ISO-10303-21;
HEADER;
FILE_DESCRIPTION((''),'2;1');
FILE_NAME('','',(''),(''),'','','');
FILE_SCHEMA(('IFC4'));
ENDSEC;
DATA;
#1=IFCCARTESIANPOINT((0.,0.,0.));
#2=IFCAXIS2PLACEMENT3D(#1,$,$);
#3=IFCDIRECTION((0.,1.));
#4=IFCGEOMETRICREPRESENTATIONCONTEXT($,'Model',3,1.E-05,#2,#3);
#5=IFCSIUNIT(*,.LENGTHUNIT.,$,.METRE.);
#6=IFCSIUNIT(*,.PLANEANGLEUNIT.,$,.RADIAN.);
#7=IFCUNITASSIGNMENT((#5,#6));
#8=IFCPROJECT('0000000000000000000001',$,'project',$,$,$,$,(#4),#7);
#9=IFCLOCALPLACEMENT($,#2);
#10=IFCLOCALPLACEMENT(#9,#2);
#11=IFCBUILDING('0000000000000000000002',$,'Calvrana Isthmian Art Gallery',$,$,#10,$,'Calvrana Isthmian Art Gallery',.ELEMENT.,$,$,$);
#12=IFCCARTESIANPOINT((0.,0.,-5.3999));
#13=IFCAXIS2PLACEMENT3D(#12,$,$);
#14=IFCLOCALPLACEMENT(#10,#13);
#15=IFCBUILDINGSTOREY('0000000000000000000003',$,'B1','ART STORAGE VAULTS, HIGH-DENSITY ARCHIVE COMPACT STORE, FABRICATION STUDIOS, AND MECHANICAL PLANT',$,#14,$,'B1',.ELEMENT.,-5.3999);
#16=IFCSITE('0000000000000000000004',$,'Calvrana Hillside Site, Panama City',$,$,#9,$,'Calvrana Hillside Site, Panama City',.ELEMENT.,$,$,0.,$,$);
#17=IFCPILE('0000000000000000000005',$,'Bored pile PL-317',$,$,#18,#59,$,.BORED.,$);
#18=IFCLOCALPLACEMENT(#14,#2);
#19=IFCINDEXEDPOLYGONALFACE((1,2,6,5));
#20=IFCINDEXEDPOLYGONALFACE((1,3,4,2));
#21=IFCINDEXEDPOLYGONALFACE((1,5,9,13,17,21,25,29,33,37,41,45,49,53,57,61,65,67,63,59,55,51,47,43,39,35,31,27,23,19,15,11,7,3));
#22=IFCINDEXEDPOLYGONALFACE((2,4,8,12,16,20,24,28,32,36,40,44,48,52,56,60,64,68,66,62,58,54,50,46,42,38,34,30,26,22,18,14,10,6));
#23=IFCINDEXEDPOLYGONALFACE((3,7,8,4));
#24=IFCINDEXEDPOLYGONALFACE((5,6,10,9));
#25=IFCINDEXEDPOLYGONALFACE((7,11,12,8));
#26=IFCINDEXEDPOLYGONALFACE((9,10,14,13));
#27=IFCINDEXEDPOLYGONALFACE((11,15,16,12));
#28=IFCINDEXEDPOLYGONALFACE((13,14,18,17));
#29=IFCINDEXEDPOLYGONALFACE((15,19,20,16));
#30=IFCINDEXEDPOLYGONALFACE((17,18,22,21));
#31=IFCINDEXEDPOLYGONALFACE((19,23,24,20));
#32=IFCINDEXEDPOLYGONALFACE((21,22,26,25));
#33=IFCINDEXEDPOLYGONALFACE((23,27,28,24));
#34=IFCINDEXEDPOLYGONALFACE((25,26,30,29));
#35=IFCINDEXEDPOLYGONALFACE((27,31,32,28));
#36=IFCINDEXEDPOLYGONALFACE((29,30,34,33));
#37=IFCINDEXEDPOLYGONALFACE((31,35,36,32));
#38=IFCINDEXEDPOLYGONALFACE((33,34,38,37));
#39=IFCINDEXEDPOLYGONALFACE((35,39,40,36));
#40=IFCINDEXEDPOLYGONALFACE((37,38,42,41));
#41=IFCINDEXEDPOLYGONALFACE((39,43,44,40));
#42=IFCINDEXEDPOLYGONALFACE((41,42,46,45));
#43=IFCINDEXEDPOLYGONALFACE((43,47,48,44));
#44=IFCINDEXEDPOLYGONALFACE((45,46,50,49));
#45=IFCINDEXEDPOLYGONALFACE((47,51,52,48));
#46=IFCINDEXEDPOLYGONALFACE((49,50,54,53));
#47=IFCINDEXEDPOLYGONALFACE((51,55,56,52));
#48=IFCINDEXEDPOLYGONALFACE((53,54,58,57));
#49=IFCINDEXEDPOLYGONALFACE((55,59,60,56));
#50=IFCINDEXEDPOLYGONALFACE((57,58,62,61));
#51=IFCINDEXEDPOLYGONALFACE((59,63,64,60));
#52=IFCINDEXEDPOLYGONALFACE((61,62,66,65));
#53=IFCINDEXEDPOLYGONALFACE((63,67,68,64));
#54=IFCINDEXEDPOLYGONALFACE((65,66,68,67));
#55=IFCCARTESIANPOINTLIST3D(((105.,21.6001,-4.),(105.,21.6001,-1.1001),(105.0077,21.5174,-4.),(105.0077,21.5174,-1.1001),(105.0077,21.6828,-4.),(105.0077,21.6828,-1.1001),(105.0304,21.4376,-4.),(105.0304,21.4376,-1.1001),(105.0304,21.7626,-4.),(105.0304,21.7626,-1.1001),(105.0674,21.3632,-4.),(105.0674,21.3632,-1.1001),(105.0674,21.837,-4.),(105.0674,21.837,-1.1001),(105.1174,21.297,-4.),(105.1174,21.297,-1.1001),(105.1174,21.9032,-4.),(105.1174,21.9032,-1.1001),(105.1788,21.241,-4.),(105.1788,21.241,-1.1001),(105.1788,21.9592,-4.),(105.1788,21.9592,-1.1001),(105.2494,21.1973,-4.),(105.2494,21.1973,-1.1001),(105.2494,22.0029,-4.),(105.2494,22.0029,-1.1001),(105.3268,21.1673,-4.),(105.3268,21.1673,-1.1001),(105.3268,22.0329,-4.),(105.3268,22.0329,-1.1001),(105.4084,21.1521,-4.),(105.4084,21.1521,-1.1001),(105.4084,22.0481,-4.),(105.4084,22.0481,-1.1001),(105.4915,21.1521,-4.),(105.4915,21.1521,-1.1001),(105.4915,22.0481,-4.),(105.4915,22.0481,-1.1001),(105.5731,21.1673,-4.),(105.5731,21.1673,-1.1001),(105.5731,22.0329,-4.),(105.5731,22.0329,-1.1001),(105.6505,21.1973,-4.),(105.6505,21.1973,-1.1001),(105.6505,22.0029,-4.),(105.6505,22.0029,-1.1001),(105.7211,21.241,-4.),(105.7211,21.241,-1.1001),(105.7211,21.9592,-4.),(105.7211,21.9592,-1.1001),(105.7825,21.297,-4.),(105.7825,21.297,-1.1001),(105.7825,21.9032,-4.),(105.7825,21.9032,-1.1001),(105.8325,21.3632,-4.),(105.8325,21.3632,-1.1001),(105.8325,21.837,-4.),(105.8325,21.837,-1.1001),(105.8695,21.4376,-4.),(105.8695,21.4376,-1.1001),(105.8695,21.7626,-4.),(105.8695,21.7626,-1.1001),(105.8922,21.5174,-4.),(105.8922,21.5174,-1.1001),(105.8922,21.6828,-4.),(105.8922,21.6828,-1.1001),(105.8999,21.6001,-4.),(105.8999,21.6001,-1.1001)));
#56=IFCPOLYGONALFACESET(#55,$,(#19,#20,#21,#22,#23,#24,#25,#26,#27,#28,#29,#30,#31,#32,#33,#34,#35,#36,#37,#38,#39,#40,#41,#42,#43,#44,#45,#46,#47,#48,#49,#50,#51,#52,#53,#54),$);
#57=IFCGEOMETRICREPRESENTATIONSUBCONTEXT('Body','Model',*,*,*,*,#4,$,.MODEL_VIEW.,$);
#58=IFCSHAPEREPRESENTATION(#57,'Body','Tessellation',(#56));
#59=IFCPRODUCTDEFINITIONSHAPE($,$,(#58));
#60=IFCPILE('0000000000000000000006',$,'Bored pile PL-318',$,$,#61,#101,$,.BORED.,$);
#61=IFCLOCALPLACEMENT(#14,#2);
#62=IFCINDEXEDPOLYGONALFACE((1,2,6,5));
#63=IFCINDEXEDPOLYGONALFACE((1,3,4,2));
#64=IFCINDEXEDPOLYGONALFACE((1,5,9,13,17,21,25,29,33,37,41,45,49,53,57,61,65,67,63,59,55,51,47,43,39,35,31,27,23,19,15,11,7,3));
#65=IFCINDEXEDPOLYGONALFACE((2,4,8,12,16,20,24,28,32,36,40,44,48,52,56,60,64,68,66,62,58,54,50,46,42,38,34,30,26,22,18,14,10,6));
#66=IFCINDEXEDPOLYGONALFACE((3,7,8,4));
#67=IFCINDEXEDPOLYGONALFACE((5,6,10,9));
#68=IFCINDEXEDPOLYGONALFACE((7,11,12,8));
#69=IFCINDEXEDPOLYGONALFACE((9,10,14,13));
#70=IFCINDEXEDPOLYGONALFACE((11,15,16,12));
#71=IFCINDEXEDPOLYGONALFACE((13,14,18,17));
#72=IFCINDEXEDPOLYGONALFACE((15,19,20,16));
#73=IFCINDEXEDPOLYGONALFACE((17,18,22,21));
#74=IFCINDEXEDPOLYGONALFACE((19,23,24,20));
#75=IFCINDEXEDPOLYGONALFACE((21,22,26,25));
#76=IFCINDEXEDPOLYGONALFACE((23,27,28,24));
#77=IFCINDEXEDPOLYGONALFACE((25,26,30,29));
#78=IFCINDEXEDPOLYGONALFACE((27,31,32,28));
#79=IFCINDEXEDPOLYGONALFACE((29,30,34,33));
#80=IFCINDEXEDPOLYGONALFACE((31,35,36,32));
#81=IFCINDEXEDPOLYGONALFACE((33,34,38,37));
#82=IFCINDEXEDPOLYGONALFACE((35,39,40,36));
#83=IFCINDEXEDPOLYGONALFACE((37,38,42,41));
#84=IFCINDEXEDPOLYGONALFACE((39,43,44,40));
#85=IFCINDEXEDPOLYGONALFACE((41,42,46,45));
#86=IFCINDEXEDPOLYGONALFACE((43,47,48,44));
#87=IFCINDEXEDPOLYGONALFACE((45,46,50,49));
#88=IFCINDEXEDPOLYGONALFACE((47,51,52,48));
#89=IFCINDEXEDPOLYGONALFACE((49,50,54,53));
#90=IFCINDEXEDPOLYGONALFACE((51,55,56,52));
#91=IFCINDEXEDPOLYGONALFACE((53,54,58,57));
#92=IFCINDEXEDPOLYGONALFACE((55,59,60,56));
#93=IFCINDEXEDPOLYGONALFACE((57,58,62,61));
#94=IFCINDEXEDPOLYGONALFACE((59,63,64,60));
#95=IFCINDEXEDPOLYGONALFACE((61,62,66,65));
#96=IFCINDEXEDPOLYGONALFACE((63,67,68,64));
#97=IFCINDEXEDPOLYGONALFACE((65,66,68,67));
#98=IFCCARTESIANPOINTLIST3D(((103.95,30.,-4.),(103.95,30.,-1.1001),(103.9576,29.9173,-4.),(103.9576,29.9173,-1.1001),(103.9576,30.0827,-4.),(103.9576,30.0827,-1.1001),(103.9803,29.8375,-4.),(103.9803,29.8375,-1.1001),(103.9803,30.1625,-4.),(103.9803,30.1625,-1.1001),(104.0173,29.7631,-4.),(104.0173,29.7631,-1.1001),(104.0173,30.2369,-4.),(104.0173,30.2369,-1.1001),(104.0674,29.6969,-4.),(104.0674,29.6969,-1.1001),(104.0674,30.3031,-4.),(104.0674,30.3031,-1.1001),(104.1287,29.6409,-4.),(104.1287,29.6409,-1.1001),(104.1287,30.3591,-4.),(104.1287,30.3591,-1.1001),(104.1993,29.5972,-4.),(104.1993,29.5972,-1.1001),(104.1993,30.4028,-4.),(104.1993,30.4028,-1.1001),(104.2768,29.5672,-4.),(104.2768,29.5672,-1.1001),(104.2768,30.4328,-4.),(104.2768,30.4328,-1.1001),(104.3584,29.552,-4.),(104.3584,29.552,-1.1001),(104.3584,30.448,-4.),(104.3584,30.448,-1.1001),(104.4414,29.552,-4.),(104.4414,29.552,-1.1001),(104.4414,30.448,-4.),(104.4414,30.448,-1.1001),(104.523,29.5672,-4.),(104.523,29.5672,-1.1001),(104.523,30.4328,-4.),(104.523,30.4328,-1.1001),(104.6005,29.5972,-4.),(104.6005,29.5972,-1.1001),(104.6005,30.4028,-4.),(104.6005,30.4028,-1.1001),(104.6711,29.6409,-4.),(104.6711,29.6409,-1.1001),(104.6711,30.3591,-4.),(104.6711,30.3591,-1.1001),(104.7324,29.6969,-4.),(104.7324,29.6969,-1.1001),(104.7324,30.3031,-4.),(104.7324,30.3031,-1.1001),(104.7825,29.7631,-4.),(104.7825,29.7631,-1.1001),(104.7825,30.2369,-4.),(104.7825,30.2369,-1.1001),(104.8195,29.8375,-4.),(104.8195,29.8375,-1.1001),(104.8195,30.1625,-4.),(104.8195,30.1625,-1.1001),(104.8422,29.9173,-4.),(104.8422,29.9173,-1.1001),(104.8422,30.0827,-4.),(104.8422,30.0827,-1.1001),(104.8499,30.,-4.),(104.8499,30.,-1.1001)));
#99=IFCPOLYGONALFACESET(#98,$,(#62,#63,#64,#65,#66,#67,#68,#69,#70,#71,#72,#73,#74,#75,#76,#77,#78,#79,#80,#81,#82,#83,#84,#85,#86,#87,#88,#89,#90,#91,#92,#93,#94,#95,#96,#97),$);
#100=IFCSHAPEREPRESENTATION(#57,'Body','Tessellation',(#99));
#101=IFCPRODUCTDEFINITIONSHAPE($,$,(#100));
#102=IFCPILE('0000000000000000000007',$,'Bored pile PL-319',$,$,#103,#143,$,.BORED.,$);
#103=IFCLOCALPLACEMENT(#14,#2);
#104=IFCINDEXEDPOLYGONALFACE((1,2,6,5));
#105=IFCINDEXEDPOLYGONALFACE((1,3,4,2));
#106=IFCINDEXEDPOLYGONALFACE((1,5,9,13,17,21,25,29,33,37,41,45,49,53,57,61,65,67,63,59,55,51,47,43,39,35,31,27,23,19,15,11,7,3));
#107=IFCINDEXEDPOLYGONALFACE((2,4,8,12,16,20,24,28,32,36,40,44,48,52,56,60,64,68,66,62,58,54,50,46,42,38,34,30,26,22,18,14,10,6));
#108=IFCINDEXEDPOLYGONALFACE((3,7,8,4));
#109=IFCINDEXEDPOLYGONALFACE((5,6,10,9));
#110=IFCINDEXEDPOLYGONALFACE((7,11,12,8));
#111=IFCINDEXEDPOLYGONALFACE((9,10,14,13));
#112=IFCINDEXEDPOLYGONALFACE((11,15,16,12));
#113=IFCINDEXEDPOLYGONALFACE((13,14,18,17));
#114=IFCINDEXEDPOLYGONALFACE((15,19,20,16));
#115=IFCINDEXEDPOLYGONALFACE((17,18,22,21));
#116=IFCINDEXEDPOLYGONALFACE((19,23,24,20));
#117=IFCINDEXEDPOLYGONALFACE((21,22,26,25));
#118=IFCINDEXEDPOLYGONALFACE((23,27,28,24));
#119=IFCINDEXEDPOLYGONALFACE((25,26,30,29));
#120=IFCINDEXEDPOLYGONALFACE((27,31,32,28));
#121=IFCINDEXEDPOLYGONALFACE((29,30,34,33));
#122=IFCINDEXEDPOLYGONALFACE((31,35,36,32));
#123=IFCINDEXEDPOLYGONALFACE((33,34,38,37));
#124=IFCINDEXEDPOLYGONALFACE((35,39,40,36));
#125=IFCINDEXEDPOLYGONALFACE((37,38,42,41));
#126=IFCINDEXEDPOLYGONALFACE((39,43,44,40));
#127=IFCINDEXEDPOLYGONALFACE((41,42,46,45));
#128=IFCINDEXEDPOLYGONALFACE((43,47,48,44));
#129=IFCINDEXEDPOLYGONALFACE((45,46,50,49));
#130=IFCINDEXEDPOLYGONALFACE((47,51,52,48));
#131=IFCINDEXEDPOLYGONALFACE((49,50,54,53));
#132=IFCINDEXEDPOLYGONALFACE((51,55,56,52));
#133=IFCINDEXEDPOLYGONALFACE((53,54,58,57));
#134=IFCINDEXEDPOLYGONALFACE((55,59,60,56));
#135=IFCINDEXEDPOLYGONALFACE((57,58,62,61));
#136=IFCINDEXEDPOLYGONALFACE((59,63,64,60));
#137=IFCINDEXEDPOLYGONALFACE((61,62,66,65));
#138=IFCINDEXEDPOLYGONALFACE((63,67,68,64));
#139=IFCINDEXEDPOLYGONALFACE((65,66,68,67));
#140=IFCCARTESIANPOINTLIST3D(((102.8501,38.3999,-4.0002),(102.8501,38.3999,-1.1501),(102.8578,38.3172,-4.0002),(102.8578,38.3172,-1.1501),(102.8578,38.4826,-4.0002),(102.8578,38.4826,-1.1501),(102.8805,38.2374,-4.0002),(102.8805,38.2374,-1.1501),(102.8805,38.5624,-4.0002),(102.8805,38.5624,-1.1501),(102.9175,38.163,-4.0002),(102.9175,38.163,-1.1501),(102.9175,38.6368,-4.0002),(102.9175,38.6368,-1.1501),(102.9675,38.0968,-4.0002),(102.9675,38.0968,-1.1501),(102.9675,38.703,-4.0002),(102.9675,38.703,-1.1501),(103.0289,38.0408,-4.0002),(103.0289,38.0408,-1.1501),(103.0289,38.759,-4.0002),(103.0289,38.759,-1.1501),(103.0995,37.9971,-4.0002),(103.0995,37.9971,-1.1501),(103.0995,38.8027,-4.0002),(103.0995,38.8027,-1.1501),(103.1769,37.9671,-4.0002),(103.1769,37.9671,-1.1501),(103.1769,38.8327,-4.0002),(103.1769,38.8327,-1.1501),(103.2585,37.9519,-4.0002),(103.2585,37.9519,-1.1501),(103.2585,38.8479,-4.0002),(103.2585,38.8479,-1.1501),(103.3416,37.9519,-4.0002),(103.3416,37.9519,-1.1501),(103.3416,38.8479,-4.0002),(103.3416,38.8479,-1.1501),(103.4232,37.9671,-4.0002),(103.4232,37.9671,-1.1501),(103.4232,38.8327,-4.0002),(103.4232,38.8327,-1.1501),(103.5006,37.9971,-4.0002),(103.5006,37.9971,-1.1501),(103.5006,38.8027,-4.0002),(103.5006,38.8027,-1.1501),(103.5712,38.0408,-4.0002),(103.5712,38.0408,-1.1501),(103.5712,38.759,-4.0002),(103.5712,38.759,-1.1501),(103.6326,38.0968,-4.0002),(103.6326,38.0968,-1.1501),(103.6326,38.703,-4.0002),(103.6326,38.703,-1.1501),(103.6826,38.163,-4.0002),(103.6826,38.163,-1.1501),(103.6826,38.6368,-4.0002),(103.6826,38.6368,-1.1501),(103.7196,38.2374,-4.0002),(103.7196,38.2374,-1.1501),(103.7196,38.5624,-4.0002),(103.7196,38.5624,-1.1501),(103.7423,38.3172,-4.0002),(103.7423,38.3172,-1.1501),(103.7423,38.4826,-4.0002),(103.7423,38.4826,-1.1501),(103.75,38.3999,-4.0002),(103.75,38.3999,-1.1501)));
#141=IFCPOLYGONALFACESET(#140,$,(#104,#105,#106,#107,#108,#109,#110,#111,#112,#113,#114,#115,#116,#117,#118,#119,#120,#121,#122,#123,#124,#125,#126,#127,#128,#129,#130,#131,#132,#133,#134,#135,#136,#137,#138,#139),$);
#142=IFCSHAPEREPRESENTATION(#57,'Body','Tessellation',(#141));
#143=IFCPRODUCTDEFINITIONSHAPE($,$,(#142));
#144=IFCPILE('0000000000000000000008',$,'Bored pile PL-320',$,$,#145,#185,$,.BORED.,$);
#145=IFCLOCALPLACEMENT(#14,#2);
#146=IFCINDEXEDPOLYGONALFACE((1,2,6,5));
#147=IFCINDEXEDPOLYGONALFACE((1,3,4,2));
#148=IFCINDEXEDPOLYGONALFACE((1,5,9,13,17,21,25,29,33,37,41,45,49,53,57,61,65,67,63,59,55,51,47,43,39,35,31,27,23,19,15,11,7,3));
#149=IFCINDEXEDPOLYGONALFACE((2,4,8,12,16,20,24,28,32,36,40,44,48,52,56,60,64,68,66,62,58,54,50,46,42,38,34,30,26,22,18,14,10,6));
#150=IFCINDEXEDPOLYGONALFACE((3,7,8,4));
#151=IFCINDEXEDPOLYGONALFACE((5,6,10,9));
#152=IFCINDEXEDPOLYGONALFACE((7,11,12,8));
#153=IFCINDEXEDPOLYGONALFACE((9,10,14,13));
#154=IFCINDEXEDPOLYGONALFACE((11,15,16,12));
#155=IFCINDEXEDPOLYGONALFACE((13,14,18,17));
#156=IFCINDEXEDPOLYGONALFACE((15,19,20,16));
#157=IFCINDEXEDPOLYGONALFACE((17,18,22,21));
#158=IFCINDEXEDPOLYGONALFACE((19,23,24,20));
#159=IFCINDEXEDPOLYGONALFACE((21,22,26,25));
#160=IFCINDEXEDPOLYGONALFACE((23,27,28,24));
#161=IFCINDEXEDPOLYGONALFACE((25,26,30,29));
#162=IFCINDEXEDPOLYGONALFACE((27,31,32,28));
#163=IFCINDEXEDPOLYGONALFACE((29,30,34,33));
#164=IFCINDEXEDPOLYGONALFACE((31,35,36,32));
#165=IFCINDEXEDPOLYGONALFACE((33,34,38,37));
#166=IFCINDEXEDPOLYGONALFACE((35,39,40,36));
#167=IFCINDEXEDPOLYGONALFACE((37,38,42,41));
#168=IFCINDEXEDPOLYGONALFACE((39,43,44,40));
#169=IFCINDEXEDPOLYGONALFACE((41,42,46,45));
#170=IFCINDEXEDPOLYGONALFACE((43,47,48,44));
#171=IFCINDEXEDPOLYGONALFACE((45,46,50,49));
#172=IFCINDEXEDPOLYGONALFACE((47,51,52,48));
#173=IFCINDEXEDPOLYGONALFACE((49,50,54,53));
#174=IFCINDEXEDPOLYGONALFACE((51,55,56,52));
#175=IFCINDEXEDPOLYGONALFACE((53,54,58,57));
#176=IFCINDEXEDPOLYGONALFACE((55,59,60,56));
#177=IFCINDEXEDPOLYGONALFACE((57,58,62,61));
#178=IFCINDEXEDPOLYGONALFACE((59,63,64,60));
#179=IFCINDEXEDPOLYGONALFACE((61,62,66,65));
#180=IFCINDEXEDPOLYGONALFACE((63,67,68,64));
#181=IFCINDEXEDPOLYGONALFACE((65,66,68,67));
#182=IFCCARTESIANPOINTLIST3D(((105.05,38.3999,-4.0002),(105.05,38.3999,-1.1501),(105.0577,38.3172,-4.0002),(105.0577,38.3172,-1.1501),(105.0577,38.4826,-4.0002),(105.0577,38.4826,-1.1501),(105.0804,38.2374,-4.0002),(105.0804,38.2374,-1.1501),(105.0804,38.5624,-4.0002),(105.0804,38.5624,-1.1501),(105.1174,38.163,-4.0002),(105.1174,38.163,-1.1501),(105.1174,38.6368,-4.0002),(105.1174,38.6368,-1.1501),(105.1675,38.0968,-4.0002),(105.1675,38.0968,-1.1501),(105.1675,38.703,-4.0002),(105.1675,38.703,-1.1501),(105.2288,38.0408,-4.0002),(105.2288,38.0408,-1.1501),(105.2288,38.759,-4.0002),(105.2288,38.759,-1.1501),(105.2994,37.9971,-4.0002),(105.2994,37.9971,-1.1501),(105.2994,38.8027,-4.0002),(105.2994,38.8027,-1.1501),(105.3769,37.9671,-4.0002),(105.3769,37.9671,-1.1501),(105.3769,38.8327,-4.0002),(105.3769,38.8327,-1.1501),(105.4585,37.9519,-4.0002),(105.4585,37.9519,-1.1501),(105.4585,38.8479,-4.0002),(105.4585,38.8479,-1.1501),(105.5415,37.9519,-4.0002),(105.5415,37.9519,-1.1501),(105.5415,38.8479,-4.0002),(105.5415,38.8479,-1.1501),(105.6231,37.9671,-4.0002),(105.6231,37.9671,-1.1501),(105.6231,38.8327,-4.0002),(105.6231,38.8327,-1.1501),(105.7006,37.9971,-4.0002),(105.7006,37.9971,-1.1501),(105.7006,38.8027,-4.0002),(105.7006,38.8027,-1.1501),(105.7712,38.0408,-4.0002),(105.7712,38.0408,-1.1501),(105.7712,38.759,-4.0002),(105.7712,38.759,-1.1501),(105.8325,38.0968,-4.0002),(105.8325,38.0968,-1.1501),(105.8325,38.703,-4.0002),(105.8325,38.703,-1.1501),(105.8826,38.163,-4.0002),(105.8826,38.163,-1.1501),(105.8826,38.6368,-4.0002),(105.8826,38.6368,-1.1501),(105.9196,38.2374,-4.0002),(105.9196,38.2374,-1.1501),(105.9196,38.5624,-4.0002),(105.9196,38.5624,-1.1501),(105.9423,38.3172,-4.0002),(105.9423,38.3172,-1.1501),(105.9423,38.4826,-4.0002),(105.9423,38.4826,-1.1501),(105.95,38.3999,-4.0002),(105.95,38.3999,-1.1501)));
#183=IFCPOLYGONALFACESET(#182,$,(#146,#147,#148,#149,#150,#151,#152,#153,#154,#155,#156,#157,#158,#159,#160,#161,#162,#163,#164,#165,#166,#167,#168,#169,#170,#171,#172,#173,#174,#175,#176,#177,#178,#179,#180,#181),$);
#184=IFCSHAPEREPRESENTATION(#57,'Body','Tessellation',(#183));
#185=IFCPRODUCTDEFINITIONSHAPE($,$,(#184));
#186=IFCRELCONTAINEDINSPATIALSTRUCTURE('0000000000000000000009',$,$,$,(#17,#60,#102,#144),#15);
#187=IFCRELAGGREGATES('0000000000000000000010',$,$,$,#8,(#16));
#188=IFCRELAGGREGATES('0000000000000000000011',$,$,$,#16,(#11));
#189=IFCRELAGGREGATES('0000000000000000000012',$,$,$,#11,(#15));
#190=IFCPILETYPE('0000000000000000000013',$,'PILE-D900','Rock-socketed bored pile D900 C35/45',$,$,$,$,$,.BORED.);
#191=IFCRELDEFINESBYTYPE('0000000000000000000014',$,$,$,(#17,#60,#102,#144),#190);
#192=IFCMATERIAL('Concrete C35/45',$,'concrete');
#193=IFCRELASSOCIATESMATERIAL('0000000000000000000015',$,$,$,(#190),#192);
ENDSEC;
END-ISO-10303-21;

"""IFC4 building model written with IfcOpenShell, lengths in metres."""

from ifc_helpers import new_model, si_unit, direction, frame, origin, origin_2d, place, context, subcontext, project, spatial, circle, extrude, material, material_profile, profile_set, type_object, element, save


model = new_model("IFC4")

# Units and contexts
model_context = context("Model", 3, precision=1e-05, world=origin(), true_north=direction((0.0, 1.0)))
body_context = subcontext(model_context, "Body", "Model", "MODEL_VIEW")
ifc_project = project(units=[si_unit("LENGTHUNIT", "METRE"), si_unit("PLANEANGLEUNIT", "RADIAN")], contexts=[model_context])

# Site, building, storey
site_placement = place(None, origin())
site = spatial("IfcSite", under=ifc_project, at=site_placement, Name="Calvrana Hillside Site, Panama City", LongName="Calvrana Hillside Site, Panama City", CompositionType="ELEMENT", RefElevation=0.0)
building_placement = place(site_placement, origin())
building = spatial("IfcBuilding", under=site, at=building_placement, Name="Calvrana Isthmian Art Gallery", LongName="Calvrana Isthmian Art Gallery", CompositionType="ELEMENT")
storey_placement = place(building_placement, frame((0.0, 0.0, -5.3999)))
storey = spatial("IfcBuildingStorey", under=building, at=storey_placement, Name="B1", Description="ART STORAGE VAULTS, HIGH-DENSITY ARCHIVE COMPACT STORE, FABRICATION STUDIOS, AND MECHANICAL PLANT", LongName="B1", CompositionType="ELEMENT", Elevation=-5.3999)

# Shared definitions
ifc_material_1 = material(Name="Concrete C35/45", Category="concrete")

# Piles
ifc_material_profile_1 = material_profile(ifc_material_1, circle(Radius=0.45, at=origin_2d()), Name="PILE900D")
ifc_profile_set_1 = profile_set([ifc_material_profile_1], Name="Concrete C35/45")
pile_type = type_object("IfcPileType", Name="PILE-D900", Description="Rock-socketed bored pile D900 C35/45", PredefinedType="BORED", material=ifc_profile_set_1)
for number, where, z_axis, x_axis, name in (
    (1, (105.45, 21.6001, -1.1001), (0.0, 0.0, -1.0), (1.0, 0.0, 0.0), "Bored pile PL-317"),
    (2, (104.3999, 30.0, -1.1001), (0.0, 0.0, -1.0), (1.0, 0.0, 0.0), "Bored pile PL-318"),
):
    element("IfcPile", number, at=place(storey_placement, frame(where, z_axis=z_axis, x_axis=x_axis)), inside=storey, type_object=pile_type, Name=name, PredefinedType="BORED", context=body_context, shape_type="SweptSolid", body=[
        extrude(circle(Radius=0.45, at=origin_2d()), origin(), (0.0, 0.0, 1.0), 2.8999),
    ])
for number, where, z_axis, x_axis, name in (
    (3, (103.3, 38.3999, -1.1501), (0.0, 0.0, -1.0), (1.0, 0.0, 0.0), "Bored pile PL-319"),
    (4, (105.5, 38.3999, -1.1501), (0.0, 0.0, -1.0), (1.0, 0.0, 0.0), "Bored pile PL-320"),
):
    element("IfcPile", number, at=place(storey_placement, frame(where, z_axis=z_axis, x_axis=x_axis)), inside=storey, type_object=pile_type, Name=name, PredefinedType="BORED", context=body_context, shape_type="SweptSolid", body=[
        extrude(circle(Radius=0.45, at=origin_2d()), origin(), (0.0, 0.0, 1.0), 2.8501),
    ])

save(model, "model.ifc")
